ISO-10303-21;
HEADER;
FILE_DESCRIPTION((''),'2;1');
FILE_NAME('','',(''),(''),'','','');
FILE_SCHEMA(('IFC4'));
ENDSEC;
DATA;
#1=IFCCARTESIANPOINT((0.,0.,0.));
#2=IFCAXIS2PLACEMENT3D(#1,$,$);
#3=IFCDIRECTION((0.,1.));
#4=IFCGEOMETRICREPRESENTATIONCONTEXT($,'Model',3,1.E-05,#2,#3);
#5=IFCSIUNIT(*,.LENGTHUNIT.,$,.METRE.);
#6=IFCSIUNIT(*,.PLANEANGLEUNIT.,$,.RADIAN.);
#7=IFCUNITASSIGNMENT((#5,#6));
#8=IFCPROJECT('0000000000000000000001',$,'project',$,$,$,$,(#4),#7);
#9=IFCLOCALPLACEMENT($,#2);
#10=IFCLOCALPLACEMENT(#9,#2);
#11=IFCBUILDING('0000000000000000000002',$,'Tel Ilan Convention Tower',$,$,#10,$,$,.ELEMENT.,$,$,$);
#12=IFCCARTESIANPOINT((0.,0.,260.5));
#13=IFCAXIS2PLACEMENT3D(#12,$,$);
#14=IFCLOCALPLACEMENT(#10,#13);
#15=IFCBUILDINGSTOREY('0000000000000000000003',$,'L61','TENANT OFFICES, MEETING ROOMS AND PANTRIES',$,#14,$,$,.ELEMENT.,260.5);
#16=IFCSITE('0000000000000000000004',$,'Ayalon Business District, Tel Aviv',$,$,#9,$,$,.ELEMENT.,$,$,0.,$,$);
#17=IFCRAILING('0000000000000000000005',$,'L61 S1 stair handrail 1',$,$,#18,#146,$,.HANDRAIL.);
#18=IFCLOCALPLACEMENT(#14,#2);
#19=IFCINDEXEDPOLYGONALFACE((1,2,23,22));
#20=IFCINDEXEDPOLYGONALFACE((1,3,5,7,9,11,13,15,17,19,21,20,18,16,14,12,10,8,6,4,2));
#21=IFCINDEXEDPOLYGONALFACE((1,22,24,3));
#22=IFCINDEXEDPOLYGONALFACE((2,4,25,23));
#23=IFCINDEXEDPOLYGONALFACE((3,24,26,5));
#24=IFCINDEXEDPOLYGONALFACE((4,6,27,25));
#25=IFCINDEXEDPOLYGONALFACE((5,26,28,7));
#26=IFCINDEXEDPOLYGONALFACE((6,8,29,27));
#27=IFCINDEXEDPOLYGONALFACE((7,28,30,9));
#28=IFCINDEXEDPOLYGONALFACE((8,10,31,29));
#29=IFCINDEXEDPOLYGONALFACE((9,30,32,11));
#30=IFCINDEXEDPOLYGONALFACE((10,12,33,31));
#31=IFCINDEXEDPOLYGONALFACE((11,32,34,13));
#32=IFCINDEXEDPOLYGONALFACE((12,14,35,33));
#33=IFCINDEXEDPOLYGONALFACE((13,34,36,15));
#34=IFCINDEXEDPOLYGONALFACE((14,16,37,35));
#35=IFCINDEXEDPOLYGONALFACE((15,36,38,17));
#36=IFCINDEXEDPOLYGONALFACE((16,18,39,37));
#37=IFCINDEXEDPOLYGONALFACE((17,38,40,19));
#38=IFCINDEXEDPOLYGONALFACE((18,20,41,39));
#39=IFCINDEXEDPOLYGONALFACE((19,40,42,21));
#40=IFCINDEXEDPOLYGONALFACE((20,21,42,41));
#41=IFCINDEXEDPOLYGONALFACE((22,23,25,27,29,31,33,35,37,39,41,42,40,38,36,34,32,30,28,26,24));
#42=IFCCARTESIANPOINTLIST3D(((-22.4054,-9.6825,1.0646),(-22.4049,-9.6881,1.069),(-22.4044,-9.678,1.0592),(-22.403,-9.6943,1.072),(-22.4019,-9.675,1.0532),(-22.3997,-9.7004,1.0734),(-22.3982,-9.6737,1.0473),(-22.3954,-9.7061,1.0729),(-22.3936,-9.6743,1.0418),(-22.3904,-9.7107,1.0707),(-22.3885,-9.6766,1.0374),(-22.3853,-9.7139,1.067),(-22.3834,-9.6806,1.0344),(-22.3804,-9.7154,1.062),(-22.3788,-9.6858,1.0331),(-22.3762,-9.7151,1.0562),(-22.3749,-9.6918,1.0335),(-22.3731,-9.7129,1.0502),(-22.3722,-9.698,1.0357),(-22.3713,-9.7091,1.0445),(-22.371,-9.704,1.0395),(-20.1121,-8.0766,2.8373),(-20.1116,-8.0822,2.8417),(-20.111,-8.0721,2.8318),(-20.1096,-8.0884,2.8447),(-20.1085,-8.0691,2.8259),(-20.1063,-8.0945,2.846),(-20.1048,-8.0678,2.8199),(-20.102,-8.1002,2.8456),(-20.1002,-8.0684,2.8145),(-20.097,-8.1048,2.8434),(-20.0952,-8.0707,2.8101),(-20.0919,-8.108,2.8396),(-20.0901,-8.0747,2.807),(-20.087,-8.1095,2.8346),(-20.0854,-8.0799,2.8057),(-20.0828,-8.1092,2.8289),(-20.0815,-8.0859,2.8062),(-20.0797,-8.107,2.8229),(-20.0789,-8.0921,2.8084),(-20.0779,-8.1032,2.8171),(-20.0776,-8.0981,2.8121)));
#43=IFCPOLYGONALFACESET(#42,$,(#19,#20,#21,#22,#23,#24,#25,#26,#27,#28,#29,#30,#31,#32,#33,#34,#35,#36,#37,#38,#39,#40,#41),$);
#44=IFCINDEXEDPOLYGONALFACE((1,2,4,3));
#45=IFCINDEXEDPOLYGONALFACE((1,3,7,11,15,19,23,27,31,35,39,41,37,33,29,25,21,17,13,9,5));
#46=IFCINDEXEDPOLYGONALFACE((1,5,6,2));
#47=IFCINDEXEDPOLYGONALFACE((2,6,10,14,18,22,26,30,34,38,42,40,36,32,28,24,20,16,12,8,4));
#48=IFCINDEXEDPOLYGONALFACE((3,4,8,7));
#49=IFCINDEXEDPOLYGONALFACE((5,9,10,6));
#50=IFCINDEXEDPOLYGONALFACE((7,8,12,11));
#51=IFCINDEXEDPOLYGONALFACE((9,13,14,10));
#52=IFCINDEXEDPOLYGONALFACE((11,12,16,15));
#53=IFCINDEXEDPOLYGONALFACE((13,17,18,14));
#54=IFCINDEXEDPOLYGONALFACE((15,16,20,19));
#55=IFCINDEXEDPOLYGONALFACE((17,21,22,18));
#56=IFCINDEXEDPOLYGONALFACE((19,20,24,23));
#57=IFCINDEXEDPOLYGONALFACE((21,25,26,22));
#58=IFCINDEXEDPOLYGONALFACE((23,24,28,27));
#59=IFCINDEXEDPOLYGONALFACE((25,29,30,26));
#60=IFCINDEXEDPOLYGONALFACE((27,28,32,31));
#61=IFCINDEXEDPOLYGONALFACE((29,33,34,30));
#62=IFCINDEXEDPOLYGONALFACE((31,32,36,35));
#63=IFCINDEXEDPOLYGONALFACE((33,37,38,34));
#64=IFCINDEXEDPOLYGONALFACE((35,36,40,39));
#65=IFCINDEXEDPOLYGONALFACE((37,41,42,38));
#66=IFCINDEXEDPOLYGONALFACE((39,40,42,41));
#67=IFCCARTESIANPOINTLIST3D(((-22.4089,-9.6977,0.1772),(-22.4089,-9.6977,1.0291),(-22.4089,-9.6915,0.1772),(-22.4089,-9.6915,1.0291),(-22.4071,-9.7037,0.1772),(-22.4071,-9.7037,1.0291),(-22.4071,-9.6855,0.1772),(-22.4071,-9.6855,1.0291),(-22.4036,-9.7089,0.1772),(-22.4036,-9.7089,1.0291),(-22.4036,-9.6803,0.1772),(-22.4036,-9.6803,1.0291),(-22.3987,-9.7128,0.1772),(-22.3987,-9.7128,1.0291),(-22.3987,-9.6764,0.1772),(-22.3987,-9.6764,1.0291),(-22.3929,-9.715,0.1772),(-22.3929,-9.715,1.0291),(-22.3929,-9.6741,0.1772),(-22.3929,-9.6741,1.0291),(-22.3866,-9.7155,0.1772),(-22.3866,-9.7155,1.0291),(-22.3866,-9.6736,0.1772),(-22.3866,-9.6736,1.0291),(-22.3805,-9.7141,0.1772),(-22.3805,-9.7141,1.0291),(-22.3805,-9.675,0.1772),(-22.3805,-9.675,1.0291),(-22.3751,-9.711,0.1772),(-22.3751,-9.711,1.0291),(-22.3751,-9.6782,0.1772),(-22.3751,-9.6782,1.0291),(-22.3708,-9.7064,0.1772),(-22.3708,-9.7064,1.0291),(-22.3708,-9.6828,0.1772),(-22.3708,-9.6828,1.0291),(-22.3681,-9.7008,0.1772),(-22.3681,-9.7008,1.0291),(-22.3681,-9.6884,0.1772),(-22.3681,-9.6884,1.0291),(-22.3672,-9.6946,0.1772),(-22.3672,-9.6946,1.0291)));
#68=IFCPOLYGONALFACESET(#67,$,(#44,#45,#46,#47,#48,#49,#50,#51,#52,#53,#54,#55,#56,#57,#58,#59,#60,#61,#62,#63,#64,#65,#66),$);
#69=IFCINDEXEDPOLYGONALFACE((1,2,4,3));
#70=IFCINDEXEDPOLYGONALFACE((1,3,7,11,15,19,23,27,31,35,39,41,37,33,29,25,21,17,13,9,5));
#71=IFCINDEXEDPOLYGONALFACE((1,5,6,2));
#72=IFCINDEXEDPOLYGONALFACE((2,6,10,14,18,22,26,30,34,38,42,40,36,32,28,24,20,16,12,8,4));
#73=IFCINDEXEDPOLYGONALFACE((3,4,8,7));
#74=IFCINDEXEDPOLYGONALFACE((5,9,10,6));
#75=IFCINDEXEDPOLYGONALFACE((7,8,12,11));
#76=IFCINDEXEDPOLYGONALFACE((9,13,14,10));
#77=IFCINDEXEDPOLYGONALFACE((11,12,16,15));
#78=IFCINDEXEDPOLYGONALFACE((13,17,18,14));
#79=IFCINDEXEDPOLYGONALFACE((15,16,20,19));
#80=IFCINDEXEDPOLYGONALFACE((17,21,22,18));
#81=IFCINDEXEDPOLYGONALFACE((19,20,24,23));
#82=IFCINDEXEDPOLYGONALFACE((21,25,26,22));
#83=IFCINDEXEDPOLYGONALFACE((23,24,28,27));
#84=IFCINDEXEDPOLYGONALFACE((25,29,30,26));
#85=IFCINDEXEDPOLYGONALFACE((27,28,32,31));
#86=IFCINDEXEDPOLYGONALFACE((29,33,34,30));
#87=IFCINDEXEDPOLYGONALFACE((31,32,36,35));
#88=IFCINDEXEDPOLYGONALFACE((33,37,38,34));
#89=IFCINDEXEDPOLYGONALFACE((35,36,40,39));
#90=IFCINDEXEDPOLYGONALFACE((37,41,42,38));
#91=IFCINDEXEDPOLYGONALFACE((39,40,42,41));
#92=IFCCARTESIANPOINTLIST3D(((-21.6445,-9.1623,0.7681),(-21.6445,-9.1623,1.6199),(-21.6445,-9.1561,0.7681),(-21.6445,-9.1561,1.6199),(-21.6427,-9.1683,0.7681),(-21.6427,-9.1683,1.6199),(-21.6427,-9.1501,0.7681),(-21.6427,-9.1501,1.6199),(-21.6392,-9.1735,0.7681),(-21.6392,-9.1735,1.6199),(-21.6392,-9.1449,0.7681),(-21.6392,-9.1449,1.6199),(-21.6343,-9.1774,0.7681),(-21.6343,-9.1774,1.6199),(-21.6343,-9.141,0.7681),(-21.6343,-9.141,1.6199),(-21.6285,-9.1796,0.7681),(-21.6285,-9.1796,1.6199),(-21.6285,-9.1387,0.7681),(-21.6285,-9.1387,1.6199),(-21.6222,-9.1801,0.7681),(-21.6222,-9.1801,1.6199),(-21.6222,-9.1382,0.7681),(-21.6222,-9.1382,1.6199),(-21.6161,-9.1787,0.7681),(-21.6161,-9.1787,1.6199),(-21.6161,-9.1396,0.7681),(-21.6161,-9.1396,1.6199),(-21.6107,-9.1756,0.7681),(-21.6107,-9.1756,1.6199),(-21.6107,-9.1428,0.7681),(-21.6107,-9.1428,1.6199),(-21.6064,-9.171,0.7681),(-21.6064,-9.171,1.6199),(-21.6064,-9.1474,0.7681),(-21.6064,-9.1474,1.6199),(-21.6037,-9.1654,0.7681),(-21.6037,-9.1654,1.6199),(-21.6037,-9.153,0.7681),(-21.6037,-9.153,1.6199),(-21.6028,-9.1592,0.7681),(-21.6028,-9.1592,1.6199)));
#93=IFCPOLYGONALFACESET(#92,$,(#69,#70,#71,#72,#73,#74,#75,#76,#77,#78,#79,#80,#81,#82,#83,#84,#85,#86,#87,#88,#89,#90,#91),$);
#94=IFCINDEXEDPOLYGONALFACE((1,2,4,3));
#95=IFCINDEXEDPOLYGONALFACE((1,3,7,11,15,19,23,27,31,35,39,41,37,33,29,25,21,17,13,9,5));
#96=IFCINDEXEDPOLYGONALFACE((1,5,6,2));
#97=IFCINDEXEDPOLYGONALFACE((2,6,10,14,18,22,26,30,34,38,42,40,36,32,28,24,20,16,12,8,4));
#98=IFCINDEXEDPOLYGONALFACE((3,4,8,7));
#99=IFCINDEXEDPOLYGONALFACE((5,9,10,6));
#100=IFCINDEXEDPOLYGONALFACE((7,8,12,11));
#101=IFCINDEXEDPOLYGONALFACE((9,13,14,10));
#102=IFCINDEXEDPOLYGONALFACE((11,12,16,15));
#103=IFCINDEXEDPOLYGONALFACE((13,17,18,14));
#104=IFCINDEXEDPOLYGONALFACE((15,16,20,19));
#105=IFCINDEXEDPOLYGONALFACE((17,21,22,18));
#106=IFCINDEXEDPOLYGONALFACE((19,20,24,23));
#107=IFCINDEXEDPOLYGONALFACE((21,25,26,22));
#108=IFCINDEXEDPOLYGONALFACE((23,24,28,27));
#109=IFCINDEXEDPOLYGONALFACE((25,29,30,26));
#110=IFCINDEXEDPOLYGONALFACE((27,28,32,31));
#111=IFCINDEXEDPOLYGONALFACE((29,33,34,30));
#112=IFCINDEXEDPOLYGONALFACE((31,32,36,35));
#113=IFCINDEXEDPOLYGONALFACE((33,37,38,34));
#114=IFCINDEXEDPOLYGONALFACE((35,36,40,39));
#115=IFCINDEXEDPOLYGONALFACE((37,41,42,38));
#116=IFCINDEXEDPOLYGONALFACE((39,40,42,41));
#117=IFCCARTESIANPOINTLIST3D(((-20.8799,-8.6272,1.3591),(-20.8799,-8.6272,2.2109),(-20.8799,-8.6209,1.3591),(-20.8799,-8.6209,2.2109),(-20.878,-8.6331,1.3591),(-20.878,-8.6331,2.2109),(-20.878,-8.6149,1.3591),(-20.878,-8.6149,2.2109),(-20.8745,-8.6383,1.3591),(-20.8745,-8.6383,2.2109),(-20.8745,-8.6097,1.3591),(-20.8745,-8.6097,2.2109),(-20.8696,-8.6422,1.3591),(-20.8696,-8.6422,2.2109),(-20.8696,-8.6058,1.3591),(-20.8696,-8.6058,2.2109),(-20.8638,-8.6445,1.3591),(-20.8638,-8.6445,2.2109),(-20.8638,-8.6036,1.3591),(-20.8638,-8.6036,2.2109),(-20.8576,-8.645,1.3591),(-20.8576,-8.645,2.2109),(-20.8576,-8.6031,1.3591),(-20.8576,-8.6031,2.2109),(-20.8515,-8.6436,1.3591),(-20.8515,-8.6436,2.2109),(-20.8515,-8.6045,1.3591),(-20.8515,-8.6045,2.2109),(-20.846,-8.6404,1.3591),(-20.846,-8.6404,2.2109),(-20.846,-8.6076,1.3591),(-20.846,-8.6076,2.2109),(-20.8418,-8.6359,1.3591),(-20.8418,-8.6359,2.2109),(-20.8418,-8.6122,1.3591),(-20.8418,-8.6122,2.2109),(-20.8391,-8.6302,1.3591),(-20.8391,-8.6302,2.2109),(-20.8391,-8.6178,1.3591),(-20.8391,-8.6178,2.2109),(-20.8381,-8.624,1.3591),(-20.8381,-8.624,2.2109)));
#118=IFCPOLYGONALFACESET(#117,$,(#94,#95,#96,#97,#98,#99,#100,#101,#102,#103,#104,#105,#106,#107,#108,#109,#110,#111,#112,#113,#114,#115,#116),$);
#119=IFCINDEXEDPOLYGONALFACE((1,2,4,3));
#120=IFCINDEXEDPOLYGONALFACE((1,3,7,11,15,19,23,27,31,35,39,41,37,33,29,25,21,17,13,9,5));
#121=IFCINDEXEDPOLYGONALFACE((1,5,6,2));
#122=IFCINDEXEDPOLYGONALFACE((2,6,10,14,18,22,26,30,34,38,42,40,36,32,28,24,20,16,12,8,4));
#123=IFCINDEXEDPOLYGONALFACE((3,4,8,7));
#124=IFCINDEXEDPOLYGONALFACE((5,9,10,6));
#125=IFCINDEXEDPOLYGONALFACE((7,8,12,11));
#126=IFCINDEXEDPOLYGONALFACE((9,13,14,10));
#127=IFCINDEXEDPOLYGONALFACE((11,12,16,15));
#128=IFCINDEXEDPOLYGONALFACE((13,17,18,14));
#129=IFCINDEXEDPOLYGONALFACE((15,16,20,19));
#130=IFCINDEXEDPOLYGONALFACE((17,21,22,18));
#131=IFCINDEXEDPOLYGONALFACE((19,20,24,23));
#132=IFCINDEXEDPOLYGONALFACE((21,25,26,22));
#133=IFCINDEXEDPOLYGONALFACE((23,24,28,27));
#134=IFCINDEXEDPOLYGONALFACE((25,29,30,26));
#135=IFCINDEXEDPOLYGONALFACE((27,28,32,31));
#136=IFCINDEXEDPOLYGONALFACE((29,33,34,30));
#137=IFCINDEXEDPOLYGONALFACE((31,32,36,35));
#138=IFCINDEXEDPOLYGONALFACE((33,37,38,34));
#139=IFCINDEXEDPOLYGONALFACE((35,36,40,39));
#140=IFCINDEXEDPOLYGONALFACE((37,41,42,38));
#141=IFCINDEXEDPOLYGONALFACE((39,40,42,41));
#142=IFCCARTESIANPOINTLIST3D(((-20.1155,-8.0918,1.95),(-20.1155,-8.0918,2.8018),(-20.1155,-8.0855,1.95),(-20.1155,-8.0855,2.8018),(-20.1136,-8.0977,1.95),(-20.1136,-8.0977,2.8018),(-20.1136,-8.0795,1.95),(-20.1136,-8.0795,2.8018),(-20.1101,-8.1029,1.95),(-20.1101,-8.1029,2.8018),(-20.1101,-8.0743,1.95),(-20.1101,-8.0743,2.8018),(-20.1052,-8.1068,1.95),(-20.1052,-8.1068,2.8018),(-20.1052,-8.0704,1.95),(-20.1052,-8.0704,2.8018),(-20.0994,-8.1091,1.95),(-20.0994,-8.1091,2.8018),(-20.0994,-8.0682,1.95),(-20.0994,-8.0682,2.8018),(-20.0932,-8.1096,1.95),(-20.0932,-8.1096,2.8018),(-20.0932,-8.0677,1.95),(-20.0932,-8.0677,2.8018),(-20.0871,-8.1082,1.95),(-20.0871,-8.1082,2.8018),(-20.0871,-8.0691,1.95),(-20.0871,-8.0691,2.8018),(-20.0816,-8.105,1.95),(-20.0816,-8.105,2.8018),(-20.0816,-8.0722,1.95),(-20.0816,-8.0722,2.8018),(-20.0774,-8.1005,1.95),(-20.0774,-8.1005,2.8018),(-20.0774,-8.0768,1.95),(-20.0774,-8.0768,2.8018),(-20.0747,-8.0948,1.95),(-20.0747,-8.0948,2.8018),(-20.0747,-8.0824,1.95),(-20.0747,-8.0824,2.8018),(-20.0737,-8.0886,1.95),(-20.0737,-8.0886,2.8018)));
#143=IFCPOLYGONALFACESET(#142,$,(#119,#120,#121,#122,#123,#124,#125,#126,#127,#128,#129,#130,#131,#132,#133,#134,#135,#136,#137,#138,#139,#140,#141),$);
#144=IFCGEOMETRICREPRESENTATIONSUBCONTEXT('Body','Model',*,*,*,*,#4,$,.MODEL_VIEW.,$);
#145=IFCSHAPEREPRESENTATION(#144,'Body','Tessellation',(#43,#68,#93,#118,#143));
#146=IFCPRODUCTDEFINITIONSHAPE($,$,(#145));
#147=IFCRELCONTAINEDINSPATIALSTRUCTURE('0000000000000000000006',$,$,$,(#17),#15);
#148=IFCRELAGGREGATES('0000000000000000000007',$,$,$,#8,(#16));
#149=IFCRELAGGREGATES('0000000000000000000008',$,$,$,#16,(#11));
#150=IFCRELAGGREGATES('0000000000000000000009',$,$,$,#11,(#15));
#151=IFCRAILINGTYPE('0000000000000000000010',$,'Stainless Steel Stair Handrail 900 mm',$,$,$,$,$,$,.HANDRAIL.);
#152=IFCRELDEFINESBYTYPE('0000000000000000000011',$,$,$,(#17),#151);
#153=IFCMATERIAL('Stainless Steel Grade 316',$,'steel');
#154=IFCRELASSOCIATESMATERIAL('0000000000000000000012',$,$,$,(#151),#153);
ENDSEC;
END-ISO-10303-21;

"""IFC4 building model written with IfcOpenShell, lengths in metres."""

from ifc_helpers import new_model, si_unit, direction, frame, origin, origin_2d, place, context, subcontext, project, spatial, circle, extrude, material, type_object, element, save


model = new_model("IFC4")

# Units and contexts
model_context = context("Model", 3, precision=1e-05, world=origin(), true_north=direction((0.0, 1.0)))
body_context = subcontext(model_context, "Body", "Model", "MODEL_VIEW")
ifc_project = project(units=[si_unit("LENGTHUNIT", "METRE"), si_unit("PLANEANGLEUNIT", "RADIAN")], contexts=[model_context])

# Site, building, storey
site_placement = place(None, origin())
site = spatial("IfcSite", under=ifc_project, at=site_placement, Name="Ayalon Business District, Tel Aviv", CompositionType="ELEMENT", RefElevation=0.0)
building_placement = place(site_placement, origin())
building = spatial("IfcBuilding", under=site, at=building_placement, Name="Tel Ilan Convention Tower", CompositionType="ELEMENT")
storey_placement = place(building_placement, frame((0.0, 0.0, 260.5)))
storey = spatial("IfcBuildingStorey", under=building, at=storey_placement, Name="L61", Description="TENANT OFFICES, MEETING ROOMS AND PANTRIES", CompositionType="ELEMENT", Elevation=260.5)

# Railing
ifc_material_1 = material(Name="Stainless Steel Grade 316", Category="steel")
railing_type_1 = type_object("IfcRailingType", Name="Stainless Steel Stair Handrail 900 mm", PredefinedType="HANDRAIL", material=ifc_material_1)
railing_1_placement = place(storey_placement, frame((-22.3882, -9.6946, 0.1772)))
element("IfcRailing", 1, at=railing_1_placement, inside=storey, type_object=railing_type_1, Name="L61 S1 stair handrail 1", PredefinedType="HANDRAIL", context=body_context, shape_type="SweptSolid", body=[
    extrude(circle(Radius=0.0239, at=origin_2d()), frame((0.0, 0.0, 0.876), z_axis=(0.692085, 0.484621, 0.53494), x_axis=(-0.573591, 0.819142, 0.0)), (0.0, 0.0, 1.0), 3.3137),
    extrude(circle(Radius=0.021, at=origin_2d()), origin(), (0.0, 0.0, 1.0), 0.8518),
    extrude(circle(Radius=0.021, at=origin_2d()), frame((0.7644, 0.5354, 0.5908)), (0.0, 0.0, 1.0), 0.8518),
    extrude(circle(Radius=0.021, at=origin_2d()), frame((1.5291, 1.0706, 1.1819)), (0.0, 0.0, 1.0), 0.8518),
    extrude(circle(Radius=0.021, at=origin_2d()), frame((2.2935, 1.606, 1.7727)), (0.0, 0.0, 1.0), 0.8518),
])

save(model, "model.ifc")
